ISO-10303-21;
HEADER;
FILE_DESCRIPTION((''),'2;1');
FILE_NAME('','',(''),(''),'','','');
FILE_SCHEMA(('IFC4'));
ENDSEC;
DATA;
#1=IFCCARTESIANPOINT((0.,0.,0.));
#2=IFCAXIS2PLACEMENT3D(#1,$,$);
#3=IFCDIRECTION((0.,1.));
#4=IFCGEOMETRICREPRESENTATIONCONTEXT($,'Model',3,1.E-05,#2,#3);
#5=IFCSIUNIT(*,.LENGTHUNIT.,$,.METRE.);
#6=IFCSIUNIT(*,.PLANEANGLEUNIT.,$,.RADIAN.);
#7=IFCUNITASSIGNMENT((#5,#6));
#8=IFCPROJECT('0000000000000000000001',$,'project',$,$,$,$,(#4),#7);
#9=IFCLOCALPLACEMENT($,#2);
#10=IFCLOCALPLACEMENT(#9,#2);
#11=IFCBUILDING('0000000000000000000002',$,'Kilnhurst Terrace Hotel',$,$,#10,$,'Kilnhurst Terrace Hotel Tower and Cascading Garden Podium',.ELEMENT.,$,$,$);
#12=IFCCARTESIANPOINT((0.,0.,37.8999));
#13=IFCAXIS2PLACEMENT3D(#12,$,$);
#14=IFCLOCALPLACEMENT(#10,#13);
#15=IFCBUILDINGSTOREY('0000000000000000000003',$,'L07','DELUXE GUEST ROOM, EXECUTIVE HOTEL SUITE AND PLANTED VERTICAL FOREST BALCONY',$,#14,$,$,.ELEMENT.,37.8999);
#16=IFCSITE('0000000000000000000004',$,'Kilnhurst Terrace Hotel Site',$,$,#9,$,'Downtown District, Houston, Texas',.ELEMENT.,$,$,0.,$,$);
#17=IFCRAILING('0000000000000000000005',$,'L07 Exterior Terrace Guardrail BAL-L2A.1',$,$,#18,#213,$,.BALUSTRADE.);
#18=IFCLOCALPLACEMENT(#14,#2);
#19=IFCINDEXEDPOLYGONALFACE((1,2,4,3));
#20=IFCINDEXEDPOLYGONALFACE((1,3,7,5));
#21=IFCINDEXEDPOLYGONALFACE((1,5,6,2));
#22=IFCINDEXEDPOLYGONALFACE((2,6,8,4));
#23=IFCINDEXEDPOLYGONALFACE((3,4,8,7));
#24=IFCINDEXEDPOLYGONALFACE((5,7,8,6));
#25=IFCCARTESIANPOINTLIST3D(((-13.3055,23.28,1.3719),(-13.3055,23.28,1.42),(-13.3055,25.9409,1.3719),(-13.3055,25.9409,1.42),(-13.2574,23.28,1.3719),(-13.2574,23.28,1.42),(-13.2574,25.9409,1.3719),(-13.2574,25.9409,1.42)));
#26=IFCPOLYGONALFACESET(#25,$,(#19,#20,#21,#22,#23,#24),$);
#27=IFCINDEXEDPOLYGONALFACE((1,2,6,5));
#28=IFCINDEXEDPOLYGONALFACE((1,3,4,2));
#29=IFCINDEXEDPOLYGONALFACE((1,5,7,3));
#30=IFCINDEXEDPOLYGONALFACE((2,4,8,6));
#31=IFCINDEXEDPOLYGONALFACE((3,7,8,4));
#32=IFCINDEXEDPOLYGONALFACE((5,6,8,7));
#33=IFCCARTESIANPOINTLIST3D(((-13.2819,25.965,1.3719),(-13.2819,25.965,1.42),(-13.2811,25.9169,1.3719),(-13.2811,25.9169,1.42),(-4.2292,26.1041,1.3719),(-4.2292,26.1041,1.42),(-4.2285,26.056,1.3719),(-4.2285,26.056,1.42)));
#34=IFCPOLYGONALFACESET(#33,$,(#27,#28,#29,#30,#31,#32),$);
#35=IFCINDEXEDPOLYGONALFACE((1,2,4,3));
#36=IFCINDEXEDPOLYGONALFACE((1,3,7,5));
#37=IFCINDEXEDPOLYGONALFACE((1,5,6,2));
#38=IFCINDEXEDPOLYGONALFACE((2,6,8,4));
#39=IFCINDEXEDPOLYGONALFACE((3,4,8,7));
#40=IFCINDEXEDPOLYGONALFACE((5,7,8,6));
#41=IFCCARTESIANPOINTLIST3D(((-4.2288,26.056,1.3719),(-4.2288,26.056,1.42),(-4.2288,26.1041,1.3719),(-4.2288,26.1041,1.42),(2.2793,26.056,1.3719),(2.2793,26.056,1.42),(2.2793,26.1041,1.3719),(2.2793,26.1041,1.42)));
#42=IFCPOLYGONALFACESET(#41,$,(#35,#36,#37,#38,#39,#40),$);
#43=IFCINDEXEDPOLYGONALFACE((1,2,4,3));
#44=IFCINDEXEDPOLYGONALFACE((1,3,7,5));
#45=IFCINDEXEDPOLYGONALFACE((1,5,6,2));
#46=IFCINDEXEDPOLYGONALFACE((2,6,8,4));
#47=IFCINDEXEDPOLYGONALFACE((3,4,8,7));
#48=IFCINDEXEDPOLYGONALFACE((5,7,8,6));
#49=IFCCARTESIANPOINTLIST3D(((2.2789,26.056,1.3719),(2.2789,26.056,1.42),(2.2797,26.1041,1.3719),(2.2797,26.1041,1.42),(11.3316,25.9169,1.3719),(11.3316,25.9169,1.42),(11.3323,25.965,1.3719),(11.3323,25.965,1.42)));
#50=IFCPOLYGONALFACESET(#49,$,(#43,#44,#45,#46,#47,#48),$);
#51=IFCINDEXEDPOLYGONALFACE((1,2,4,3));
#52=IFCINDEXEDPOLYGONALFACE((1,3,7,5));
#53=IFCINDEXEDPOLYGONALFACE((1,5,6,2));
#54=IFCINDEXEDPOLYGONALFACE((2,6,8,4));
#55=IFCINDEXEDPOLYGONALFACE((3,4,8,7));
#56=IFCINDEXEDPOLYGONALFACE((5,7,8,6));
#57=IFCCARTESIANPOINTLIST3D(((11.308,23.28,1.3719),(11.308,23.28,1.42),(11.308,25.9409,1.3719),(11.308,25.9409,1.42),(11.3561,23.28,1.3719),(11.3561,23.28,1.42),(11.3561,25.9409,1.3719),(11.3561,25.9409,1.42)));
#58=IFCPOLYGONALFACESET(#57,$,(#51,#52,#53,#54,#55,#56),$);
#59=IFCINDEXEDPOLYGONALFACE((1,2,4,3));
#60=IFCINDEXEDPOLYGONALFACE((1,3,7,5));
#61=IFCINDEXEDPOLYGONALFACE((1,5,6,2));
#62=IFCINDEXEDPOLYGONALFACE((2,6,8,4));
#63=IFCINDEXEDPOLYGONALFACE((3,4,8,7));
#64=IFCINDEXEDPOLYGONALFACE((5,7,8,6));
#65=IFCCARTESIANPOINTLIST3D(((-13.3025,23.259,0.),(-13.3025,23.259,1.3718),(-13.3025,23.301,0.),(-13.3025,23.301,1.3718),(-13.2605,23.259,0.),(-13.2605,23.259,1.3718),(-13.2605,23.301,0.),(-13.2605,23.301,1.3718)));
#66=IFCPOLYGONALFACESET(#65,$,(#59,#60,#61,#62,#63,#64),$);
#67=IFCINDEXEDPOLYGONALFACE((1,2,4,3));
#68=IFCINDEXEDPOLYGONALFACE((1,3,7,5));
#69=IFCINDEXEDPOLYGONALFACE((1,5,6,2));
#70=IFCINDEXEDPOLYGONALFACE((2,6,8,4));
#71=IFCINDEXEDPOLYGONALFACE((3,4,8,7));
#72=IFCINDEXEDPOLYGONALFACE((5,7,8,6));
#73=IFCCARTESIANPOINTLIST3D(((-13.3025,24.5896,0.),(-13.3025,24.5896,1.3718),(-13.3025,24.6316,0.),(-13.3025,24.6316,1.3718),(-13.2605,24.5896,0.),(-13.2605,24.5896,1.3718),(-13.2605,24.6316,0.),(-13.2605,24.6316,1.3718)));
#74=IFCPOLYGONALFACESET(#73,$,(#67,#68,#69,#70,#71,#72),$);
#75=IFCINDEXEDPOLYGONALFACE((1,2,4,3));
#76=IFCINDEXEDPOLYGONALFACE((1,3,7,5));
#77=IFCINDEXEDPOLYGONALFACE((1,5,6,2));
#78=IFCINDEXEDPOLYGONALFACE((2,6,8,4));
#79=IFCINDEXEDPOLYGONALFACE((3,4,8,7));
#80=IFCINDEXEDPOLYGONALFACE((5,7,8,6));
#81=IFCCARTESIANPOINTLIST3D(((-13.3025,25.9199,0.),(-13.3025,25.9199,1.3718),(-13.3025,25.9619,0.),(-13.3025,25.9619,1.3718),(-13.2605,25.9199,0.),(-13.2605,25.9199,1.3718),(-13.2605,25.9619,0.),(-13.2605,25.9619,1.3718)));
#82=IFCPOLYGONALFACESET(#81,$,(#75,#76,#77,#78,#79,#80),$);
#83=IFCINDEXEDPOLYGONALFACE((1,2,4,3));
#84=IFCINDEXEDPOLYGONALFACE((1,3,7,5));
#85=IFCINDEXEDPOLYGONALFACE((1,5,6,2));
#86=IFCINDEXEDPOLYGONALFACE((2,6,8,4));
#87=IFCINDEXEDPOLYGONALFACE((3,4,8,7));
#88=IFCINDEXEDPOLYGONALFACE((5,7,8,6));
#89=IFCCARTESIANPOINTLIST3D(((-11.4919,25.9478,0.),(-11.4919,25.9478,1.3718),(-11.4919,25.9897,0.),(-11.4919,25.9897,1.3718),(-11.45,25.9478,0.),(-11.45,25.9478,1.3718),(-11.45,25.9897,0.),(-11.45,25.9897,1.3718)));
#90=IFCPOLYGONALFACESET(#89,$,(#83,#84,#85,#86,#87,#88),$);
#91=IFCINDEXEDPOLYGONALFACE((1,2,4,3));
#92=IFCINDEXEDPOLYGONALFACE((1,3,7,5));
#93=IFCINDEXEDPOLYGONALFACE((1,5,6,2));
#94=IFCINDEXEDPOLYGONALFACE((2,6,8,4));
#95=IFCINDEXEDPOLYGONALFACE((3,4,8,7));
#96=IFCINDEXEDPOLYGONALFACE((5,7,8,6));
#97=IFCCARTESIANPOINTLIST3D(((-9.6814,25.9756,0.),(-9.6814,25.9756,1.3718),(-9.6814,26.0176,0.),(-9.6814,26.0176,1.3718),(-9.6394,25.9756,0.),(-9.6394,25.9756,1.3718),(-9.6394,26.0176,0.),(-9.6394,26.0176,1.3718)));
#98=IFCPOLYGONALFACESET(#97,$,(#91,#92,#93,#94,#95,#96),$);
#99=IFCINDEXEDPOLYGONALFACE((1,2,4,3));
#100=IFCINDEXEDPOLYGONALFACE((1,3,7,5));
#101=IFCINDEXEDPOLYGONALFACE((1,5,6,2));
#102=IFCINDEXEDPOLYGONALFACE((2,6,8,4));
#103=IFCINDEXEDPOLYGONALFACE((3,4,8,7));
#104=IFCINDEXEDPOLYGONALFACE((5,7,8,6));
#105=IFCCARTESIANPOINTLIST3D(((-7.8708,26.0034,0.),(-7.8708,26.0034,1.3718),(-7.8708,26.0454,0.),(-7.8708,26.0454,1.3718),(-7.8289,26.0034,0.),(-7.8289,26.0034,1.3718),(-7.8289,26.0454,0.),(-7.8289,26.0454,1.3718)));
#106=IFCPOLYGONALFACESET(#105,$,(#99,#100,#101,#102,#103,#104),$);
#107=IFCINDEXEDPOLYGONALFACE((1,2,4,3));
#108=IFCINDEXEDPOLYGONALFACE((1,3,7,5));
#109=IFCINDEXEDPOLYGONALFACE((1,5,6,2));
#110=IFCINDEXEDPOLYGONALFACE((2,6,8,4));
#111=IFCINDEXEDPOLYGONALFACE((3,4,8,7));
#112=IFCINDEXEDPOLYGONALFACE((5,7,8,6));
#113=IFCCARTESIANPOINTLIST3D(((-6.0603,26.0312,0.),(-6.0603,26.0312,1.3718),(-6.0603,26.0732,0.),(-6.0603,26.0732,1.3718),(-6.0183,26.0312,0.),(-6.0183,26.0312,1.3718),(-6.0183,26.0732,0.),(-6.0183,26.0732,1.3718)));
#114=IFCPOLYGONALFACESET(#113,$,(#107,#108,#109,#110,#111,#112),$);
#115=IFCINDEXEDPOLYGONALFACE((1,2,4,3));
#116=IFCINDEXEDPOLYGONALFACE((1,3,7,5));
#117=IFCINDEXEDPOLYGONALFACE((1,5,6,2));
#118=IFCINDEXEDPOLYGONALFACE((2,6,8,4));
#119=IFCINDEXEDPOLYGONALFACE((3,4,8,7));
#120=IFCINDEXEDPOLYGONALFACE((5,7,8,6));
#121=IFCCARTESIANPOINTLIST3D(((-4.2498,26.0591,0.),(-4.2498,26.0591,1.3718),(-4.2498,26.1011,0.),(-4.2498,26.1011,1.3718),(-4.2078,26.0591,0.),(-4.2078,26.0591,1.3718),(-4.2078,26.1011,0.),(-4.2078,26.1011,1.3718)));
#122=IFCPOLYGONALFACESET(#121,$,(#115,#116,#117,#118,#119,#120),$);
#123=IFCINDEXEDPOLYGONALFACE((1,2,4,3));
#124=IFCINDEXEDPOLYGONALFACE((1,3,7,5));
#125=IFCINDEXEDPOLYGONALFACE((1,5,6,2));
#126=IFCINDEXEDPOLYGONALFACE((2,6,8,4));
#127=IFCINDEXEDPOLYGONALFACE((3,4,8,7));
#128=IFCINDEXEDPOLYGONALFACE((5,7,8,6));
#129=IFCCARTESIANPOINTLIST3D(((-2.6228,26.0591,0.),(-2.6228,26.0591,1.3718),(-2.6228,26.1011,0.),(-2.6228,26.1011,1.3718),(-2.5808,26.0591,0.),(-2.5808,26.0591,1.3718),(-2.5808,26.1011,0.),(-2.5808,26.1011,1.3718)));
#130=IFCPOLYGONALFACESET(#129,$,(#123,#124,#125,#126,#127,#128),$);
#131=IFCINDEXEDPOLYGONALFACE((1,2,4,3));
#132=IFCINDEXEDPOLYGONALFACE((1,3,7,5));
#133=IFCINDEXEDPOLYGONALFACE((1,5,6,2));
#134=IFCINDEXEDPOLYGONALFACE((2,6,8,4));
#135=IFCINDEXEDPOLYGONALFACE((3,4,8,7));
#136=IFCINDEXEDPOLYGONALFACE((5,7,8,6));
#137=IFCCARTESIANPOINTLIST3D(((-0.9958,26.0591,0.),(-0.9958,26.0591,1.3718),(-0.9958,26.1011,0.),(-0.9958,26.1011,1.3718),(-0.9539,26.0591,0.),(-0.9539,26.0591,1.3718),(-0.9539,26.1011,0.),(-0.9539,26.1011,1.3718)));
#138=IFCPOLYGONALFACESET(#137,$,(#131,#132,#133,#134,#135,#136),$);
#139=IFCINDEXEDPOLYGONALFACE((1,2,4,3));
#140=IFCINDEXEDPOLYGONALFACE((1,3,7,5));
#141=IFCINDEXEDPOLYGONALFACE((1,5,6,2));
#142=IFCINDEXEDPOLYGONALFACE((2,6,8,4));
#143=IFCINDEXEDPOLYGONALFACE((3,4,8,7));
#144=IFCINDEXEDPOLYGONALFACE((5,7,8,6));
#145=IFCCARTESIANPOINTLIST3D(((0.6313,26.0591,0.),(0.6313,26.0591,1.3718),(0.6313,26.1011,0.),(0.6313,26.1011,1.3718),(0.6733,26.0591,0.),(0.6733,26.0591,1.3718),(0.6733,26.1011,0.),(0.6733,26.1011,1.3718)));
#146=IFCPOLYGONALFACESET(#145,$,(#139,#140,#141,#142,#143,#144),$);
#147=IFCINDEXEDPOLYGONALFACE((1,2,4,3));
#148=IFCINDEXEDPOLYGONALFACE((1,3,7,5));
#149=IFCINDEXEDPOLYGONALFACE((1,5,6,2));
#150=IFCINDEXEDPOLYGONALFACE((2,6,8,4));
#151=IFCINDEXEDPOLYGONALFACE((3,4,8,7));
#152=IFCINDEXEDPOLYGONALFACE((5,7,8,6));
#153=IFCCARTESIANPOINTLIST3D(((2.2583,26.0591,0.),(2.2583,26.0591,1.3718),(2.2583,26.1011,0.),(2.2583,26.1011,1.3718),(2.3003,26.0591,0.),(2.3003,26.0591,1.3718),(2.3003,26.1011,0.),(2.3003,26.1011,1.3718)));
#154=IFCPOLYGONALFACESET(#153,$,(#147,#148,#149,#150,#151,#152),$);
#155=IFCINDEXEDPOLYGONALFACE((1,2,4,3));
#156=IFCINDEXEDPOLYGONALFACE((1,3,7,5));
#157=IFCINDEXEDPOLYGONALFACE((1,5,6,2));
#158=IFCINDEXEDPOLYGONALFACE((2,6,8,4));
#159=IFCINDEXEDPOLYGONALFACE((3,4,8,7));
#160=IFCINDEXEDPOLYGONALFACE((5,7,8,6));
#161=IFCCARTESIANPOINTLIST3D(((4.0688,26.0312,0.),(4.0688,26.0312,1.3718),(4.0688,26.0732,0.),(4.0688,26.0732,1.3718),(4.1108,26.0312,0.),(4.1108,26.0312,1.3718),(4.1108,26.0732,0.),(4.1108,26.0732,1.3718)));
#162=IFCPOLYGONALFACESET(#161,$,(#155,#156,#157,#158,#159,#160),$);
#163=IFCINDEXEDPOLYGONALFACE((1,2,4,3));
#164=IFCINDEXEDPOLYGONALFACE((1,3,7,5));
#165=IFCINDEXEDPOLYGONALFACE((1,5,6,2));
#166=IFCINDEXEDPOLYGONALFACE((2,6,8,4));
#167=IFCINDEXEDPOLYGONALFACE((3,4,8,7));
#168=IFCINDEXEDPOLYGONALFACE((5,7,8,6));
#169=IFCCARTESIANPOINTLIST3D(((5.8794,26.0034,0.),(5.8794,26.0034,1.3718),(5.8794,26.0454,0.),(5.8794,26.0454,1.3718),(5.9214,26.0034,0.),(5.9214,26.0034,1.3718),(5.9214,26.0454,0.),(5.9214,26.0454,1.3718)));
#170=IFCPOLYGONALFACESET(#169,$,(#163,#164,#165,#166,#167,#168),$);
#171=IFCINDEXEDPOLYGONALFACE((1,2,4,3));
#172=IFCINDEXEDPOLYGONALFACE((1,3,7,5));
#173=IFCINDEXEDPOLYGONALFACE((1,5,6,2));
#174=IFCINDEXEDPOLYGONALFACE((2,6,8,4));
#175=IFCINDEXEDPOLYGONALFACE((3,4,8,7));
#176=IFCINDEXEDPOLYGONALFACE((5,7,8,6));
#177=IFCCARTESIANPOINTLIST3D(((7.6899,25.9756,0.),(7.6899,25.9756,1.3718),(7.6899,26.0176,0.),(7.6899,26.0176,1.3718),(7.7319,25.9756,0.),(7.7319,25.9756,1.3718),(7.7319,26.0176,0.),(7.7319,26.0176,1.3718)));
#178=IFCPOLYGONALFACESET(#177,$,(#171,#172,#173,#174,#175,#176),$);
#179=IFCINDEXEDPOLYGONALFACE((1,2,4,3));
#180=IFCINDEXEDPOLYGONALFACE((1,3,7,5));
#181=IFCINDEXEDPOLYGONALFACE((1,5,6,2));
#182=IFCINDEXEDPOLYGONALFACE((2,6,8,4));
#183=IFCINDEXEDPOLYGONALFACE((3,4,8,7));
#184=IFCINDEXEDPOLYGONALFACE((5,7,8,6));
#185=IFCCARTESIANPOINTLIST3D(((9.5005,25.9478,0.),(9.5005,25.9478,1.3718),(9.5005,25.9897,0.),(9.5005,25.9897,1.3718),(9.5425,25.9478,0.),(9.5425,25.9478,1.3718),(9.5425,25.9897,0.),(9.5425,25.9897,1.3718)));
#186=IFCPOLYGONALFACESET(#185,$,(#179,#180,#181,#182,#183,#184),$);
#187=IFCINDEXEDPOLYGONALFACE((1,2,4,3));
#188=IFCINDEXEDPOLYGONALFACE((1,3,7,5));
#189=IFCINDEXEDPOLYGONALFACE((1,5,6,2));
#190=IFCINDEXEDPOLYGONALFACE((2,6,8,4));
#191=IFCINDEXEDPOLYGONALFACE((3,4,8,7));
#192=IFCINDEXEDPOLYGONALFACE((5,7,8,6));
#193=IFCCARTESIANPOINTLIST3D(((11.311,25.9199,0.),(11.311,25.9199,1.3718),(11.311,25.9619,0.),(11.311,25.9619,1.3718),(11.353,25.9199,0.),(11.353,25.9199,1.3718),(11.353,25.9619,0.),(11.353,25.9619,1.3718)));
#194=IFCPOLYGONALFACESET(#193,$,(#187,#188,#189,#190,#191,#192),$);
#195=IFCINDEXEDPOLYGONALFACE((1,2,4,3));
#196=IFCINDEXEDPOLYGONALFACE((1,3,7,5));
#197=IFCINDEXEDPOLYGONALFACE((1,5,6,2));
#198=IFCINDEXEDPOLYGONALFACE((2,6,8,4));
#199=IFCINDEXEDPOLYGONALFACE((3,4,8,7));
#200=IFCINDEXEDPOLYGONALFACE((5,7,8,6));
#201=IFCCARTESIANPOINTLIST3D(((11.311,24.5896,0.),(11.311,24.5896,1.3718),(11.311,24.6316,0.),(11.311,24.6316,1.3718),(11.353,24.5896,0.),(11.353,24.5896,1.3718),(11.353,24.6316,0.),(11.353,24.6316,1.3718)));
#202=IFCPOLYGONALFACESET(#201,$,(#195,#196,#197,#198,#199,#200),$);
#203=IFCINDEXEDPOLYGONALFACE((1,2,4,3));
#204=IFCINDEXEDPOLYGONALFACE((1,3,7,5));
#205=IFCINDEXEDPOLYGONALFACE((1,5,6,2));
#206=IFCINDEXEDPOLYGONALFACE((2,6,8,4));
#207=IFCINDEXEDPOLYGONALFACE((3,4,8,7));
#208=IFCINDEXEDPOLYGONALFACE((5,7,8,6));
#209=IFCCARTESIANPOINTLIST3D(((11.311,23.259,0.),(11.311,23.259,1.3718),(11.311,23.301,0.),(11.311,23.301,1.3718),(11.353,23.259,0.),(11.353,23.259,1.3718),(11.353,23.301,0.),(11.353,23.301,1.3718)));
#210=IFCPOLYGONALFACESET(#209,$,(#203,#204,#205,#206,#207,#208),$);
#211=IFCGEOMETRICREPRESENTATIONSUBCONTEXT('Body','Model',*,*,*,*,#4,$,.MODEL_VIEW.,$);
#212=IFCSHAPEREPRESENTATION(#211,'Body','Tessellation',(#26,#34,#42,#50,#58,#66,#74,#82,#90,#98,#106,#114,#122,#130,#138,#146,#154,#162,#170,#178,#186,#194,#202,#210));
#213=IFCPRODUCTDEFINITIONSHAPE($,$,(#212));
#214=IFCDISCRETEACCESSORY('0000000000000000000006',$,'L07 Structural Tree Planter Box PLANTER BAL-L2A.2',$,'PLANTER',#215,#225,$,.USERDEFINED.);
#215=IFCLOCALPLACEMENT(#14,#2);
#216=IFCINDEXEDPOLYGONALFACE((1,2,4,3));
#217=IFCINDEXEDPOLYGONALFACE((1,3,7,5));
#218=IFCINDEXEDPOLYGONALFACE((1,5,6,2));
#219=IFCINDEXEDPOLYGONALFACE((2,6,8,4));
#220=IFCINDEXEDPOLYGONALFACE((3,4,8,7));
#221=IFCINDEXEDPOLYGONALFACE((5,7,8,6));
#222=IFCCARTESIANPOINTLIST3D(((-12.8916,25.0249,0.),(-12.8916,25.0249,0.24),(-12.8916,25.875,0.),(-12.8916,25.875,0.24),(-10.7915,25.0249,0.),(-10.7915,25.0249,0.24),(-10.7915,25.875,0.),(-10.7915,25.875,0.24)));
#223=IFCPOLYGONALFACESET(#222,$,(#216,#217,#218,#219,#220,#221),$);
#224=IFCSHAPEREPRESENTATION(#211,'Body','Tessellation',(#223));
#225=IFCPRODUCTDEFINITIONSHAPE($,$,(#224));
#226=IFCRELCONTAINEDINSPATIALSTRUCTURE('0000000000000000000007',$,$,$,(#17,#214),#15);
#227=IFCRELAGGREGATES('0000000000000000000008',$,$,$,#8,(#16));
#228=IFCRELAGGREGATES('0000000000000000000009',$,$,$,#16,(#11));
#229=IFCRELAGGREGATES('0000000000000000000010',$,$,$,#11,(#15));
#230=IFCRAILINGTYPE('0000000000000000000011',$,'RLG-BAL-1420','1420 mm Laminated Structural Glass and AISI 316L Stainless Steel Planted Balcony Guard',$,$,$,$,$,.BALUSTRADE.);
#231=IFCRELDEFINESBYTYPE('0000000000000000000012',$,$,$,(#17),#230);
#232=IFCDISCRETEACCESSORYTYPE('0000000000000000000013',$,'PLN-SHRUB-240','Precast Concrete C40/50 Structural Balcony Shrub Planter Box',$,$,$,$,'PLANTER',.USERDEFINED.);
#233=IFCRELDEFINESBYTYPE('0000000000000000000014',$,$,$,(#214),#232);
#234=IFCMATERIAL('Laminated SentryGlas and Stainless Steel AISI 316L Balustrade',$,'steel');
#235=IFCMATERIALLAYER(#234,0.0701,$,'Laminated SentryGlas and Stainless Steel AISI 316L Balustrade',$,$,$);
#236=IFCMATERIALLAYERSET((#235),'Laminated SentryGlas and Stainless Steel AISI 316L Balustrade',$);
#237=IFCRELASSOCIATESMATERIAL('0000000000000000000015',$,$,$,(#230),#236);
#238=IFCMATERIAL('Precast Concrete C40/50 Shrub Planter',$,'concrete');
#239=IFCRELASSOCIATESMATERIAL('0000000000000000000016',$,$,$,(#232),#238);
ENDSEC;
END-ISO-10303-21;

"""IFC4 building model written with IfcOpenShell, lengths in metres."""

from ifc_helpers import new_model, si_unit, direction, frame, origin, origin_2d, place, context, subcontext, project, spatial, rectangle, extrude, material, layer, layer_set, type_object, element, save


model = new_model("IFC4")

# Units and contexts
model_context = context("Model", 3, precision=1e-05, world=origin(), true_north=direction((0.0, 1.0)))
body_context = subcontext(model_context, "Body", "Model", "MODEL_VIEW")
ifc_project = project(units=[si_unit("LENGTHUNIT", "METRE"), si_unit("PLANEANGLEUNIT", "RADIAN")], contexts=[model_context])

# Site, building, storey
site_placement = place(None, origin())
site = spatial("IfcSite", under=ifc_project, at=site_placement, Name="Kilnhurst Terrace Hotel Site", LongName="Downtown District, Houston, Texas", CompositionType="ELEMENT", RefElevation=0.0)
building_placement = place(site_placement, origin())
building = spatial("IfcBuilding", under=site, at=building_placement, Name="Kilnhurst Terrace Hotel", LongName="Kilnhurst Terrace Hotel Tower and Cascading Garden Podium", CompositionType="ELEMENT")
storey_placement = place(building_placement, frame((0.0, 0.0, 37.8999)))
storey = spatial("IfcBuildingStorey", under=building, at=storey_placement, Name="L07", Description="DELUXE GUEST ROOM, EXECUTIVE HOTEL SUITE AND PLANTED VERTICAL FOREST BALCONY", CompositionType="ELEMENT", Elevation=37.8999)

# Railing
ifc_material_1 = material(Name="Laminated SentryGlas and Stainless Steel AISI 316L Balustrade", Category="steel")
ifc_layer_1 = layer(ifc_material_1, 0.0701, Name="Laminated SentryGlas and Stainless Steel AISI 316L Balustrade")
ifc_layer_set_1 = layer_set([ifc_layer_1], Name="Laminated SentryGlas and Stainless Steel AISI 316L Balustrade")
railing_type = type_object("IfcRailingType", Name="RLG-BAL-1420", Description="1420 mm Laminated Structural Glass and AISI 316L Stainless Steel Planted Balcony Guard", PredefinedType="BALUSTRADE", material=ifc_layer_set_1)
railing_placement = place(storey_placement, frame((-13.2815, 23.28, 0.0)))
element("IfcRailing", 1, at=railing_placement, inside=storey, type_object=railing_type, Name="L07 Exterior Terrace Guardrail BAL-L2A.1", PredefinedType="BALUSTRADE", context=body_context, shape_type="SweptSolid", body=[
    extrude(rectangle(XDim=0.0481, YDim=0.0481, at=origin_2d()), frame((0.0, 0.0, 1.396), z_axis=(0.0, 1.0, 0.0), x_axis=(-1.0, 0.0, 0.0)), (0.0, 0.0, 1.0), 2.6609),
    extrude(rectangle(XDim=0.0481, YDim=0.0481, at=origin_2d()), frame((0.0, 2.6609, 1.396), z_axis=(0.999882, 0.01537, 0.0), x_axis=(-0.01537, 0.999882, 0.0)), (0.0, 0.0, 1.0), 9.0537),
    extrude(rectangle(XDim=0.0481, YDim=0.0481, at=origin_2d()), frame((9.0527, 2.8, 1.396), z_axis=(1.0, 0.0, 0.0), x_axis=(0.0, 1.0, 0.0)), (0.0, 0.0, 1.0), 6.5081),
    extrude(rectangle(XDim=0.0481, YDim=0.0481, at=origin_2d()), frame((15.5608, 2.8, 1.396), z_axis=(0.999882, -0.01537, 0.0), x_axis=(0.01537, 0.999882, 0.0)), (0.0, 0.0, 1.0), 9.0537),
    extrude(rectangle(XDim=0.0481, YDim=0.0481, at=origin_2d()), frame((24.6135, 2.6609, 1.396), z_axis=(0.0, -1.0, 0.0), x_axis=(1.0, 0.0, 0.0)), (0.0, 0.0, 1.0), 2.6609),
    extrude(rectangle(XDim=0.042, YDim=0.042, at=origin_2d()), origin(), (0.0, 0.0, 1.0), 1.3718),
    extrude(rectangle(XDim=0.042, YDim=0.042, at=origin_2d()), frame((0.0, 1.3306, 0.0)), (0.0, 0.0, 1.0), 1.3718),
    extrude(rectangle(XDim=0.042, YDim=0.042, at=origin_2d()), frame((0.0, 2.6609, 0.0)), (0.0, 0.0, 1.0), 1.3718),
    extrude(rectangle(XDim=0.042, YDim=0.042, at=origin_2d()), frame((1.8105, 2.6887, 0.0)), (0.0, 0.0, 1.0), 1.3718),
    extrude(rectangle(XDim=0.042, YDim=0.042, at=origin_2d()), frame((3.6211, 2.7166, 0.0)), (0.0, 0.0, 1.0), 1.3718),
    extrude(rectangle(XDim=0.042, YDim=0.042, at=origin_2d()), frame((5.4316, 2.7444, 0.0)), (0.0, 0.0, 1.0), 1.3718),
    extrude(rectangle(XDim=0.042, YDim=0.042, at=origin_2d()), frame((7.2422, 2.7722, 0.0)), (0.0, 0.0, 1.0), 1.3718),
    extrude(rectangle(XDim=0.042, YDim=0.042, at=origin_2d()), frame((9.0527, 2.8, 0.0)), (0.0, 0.0, 1.0), 1.3718),
    extrude(rectangle(XDim=0.042, YDim=0.042, at=origin_2d()), frame((10.6797, 2.8, 0.0)), (0.0, 0.0, 1.0), 1.3718),
    extrude(rectangle(XDim=0.042, YDim=0.042, at=origin_2d()), frame((12.3066, 2.8, 0.0)), (0.0, 0.0, 1.0), 1.3718),
    extrude(rectangle(XDim=0.042, YDim=0.042, at=origin_2d()), frame((13.9338, 2.8, 0.0)), (0.0, 0.0, 1.0), 1.3718),
    extrude(rectangle(XDim=0.042, YDim=0.042, at=origin_2d()), frame((15.5608, 2.8, 0.0)), (0.0, 0.0, 1.0), 1.3718),
    extrude(rectangle(XDim=0.042, YDim=0.042, at=origin_2d()), frame((17.3713, 2.7722, 0.0)), (0.0, 0.0, 1.0), 1.3718),
    extrude(rectangle(XDim=0.042, YDim=0.042, at=origin_2d()), frame((19.1819, 2.7444, 0.0)), (0.0, 0.0, 1.0), 1.3718),
    extrude(rectangle(XDim=0.042, YDim=0.042, at=origin_2d()), frame((20.9924, 2.7166, 0.0)), (0.0, 0.0, 1.0), 1.3718),
    extrude(rectangle(XDim=0.042, YDim=0.042, at=origin_2d()), frame((22.803, 2.6887, 0.0)), (0.0, 0.0, 1.0), 1.3718),
    extrude(rectangle(XDim=0.042, YDim=0.042, at=origin_2d()), frame((24.6135, 2.6609, 0.0)), (0.0, 0.0, 1.0), 1.3718),
    extrude(rectangle(XDim=0.042, YDim=0.042, at=origin_2d()), frame((24.6135, 1.3306, 0.0)), (0.0, 0.0, 1.0), 1.3718),
    extrude(rectangle(XDim=0.042, YDim=0.042, at=origin_2d()), frame((24.6135, 0.0, 0.0)), (0.0, 0.0, 1.0), 1.3718),
])

# Discrete accessory
ifc_material_2 = material(Name="Precast Concrete C40/50 Shrub Planter", Category="concrete")
discrete_accessory_type_1 = type_object("IfcDiscreteAccessoryType", Name="PLN-SHRUB-240", Description="Precast Concrete C40/50 Structural Balcony Shrub Planter Box", ElementType="PLANTER", PredefinedType="USERDEFINED", material=ifc_material_2)
discrete_accessory_1_placement = place(storey_placement, frame((-11.8416, 25.45, 0.0), z_axis=(0.0, 0.0, 1.0), x_axis=(-1.0, 0.0, 0.0)))
element("IfcDiscreteAccessory", 2, at=discrete_accessory_1_placement, inside=storey, type_object=discrete_accessory_type_1, Name="L07 Structural Tree Planter Box PLANTER BAL-L2A.2", ObjectType="PLANTER", PredefinedType="USERDEFINED", context=body_context, shape_type="SweptSolid", body=[
    extrude(rectangle(XDim=2.1001, YDim=0.8501, at=origin_2d()), origin(), (0.0, 0.0, 1.0), 0.24),
])

save(model, "model.ifc")
